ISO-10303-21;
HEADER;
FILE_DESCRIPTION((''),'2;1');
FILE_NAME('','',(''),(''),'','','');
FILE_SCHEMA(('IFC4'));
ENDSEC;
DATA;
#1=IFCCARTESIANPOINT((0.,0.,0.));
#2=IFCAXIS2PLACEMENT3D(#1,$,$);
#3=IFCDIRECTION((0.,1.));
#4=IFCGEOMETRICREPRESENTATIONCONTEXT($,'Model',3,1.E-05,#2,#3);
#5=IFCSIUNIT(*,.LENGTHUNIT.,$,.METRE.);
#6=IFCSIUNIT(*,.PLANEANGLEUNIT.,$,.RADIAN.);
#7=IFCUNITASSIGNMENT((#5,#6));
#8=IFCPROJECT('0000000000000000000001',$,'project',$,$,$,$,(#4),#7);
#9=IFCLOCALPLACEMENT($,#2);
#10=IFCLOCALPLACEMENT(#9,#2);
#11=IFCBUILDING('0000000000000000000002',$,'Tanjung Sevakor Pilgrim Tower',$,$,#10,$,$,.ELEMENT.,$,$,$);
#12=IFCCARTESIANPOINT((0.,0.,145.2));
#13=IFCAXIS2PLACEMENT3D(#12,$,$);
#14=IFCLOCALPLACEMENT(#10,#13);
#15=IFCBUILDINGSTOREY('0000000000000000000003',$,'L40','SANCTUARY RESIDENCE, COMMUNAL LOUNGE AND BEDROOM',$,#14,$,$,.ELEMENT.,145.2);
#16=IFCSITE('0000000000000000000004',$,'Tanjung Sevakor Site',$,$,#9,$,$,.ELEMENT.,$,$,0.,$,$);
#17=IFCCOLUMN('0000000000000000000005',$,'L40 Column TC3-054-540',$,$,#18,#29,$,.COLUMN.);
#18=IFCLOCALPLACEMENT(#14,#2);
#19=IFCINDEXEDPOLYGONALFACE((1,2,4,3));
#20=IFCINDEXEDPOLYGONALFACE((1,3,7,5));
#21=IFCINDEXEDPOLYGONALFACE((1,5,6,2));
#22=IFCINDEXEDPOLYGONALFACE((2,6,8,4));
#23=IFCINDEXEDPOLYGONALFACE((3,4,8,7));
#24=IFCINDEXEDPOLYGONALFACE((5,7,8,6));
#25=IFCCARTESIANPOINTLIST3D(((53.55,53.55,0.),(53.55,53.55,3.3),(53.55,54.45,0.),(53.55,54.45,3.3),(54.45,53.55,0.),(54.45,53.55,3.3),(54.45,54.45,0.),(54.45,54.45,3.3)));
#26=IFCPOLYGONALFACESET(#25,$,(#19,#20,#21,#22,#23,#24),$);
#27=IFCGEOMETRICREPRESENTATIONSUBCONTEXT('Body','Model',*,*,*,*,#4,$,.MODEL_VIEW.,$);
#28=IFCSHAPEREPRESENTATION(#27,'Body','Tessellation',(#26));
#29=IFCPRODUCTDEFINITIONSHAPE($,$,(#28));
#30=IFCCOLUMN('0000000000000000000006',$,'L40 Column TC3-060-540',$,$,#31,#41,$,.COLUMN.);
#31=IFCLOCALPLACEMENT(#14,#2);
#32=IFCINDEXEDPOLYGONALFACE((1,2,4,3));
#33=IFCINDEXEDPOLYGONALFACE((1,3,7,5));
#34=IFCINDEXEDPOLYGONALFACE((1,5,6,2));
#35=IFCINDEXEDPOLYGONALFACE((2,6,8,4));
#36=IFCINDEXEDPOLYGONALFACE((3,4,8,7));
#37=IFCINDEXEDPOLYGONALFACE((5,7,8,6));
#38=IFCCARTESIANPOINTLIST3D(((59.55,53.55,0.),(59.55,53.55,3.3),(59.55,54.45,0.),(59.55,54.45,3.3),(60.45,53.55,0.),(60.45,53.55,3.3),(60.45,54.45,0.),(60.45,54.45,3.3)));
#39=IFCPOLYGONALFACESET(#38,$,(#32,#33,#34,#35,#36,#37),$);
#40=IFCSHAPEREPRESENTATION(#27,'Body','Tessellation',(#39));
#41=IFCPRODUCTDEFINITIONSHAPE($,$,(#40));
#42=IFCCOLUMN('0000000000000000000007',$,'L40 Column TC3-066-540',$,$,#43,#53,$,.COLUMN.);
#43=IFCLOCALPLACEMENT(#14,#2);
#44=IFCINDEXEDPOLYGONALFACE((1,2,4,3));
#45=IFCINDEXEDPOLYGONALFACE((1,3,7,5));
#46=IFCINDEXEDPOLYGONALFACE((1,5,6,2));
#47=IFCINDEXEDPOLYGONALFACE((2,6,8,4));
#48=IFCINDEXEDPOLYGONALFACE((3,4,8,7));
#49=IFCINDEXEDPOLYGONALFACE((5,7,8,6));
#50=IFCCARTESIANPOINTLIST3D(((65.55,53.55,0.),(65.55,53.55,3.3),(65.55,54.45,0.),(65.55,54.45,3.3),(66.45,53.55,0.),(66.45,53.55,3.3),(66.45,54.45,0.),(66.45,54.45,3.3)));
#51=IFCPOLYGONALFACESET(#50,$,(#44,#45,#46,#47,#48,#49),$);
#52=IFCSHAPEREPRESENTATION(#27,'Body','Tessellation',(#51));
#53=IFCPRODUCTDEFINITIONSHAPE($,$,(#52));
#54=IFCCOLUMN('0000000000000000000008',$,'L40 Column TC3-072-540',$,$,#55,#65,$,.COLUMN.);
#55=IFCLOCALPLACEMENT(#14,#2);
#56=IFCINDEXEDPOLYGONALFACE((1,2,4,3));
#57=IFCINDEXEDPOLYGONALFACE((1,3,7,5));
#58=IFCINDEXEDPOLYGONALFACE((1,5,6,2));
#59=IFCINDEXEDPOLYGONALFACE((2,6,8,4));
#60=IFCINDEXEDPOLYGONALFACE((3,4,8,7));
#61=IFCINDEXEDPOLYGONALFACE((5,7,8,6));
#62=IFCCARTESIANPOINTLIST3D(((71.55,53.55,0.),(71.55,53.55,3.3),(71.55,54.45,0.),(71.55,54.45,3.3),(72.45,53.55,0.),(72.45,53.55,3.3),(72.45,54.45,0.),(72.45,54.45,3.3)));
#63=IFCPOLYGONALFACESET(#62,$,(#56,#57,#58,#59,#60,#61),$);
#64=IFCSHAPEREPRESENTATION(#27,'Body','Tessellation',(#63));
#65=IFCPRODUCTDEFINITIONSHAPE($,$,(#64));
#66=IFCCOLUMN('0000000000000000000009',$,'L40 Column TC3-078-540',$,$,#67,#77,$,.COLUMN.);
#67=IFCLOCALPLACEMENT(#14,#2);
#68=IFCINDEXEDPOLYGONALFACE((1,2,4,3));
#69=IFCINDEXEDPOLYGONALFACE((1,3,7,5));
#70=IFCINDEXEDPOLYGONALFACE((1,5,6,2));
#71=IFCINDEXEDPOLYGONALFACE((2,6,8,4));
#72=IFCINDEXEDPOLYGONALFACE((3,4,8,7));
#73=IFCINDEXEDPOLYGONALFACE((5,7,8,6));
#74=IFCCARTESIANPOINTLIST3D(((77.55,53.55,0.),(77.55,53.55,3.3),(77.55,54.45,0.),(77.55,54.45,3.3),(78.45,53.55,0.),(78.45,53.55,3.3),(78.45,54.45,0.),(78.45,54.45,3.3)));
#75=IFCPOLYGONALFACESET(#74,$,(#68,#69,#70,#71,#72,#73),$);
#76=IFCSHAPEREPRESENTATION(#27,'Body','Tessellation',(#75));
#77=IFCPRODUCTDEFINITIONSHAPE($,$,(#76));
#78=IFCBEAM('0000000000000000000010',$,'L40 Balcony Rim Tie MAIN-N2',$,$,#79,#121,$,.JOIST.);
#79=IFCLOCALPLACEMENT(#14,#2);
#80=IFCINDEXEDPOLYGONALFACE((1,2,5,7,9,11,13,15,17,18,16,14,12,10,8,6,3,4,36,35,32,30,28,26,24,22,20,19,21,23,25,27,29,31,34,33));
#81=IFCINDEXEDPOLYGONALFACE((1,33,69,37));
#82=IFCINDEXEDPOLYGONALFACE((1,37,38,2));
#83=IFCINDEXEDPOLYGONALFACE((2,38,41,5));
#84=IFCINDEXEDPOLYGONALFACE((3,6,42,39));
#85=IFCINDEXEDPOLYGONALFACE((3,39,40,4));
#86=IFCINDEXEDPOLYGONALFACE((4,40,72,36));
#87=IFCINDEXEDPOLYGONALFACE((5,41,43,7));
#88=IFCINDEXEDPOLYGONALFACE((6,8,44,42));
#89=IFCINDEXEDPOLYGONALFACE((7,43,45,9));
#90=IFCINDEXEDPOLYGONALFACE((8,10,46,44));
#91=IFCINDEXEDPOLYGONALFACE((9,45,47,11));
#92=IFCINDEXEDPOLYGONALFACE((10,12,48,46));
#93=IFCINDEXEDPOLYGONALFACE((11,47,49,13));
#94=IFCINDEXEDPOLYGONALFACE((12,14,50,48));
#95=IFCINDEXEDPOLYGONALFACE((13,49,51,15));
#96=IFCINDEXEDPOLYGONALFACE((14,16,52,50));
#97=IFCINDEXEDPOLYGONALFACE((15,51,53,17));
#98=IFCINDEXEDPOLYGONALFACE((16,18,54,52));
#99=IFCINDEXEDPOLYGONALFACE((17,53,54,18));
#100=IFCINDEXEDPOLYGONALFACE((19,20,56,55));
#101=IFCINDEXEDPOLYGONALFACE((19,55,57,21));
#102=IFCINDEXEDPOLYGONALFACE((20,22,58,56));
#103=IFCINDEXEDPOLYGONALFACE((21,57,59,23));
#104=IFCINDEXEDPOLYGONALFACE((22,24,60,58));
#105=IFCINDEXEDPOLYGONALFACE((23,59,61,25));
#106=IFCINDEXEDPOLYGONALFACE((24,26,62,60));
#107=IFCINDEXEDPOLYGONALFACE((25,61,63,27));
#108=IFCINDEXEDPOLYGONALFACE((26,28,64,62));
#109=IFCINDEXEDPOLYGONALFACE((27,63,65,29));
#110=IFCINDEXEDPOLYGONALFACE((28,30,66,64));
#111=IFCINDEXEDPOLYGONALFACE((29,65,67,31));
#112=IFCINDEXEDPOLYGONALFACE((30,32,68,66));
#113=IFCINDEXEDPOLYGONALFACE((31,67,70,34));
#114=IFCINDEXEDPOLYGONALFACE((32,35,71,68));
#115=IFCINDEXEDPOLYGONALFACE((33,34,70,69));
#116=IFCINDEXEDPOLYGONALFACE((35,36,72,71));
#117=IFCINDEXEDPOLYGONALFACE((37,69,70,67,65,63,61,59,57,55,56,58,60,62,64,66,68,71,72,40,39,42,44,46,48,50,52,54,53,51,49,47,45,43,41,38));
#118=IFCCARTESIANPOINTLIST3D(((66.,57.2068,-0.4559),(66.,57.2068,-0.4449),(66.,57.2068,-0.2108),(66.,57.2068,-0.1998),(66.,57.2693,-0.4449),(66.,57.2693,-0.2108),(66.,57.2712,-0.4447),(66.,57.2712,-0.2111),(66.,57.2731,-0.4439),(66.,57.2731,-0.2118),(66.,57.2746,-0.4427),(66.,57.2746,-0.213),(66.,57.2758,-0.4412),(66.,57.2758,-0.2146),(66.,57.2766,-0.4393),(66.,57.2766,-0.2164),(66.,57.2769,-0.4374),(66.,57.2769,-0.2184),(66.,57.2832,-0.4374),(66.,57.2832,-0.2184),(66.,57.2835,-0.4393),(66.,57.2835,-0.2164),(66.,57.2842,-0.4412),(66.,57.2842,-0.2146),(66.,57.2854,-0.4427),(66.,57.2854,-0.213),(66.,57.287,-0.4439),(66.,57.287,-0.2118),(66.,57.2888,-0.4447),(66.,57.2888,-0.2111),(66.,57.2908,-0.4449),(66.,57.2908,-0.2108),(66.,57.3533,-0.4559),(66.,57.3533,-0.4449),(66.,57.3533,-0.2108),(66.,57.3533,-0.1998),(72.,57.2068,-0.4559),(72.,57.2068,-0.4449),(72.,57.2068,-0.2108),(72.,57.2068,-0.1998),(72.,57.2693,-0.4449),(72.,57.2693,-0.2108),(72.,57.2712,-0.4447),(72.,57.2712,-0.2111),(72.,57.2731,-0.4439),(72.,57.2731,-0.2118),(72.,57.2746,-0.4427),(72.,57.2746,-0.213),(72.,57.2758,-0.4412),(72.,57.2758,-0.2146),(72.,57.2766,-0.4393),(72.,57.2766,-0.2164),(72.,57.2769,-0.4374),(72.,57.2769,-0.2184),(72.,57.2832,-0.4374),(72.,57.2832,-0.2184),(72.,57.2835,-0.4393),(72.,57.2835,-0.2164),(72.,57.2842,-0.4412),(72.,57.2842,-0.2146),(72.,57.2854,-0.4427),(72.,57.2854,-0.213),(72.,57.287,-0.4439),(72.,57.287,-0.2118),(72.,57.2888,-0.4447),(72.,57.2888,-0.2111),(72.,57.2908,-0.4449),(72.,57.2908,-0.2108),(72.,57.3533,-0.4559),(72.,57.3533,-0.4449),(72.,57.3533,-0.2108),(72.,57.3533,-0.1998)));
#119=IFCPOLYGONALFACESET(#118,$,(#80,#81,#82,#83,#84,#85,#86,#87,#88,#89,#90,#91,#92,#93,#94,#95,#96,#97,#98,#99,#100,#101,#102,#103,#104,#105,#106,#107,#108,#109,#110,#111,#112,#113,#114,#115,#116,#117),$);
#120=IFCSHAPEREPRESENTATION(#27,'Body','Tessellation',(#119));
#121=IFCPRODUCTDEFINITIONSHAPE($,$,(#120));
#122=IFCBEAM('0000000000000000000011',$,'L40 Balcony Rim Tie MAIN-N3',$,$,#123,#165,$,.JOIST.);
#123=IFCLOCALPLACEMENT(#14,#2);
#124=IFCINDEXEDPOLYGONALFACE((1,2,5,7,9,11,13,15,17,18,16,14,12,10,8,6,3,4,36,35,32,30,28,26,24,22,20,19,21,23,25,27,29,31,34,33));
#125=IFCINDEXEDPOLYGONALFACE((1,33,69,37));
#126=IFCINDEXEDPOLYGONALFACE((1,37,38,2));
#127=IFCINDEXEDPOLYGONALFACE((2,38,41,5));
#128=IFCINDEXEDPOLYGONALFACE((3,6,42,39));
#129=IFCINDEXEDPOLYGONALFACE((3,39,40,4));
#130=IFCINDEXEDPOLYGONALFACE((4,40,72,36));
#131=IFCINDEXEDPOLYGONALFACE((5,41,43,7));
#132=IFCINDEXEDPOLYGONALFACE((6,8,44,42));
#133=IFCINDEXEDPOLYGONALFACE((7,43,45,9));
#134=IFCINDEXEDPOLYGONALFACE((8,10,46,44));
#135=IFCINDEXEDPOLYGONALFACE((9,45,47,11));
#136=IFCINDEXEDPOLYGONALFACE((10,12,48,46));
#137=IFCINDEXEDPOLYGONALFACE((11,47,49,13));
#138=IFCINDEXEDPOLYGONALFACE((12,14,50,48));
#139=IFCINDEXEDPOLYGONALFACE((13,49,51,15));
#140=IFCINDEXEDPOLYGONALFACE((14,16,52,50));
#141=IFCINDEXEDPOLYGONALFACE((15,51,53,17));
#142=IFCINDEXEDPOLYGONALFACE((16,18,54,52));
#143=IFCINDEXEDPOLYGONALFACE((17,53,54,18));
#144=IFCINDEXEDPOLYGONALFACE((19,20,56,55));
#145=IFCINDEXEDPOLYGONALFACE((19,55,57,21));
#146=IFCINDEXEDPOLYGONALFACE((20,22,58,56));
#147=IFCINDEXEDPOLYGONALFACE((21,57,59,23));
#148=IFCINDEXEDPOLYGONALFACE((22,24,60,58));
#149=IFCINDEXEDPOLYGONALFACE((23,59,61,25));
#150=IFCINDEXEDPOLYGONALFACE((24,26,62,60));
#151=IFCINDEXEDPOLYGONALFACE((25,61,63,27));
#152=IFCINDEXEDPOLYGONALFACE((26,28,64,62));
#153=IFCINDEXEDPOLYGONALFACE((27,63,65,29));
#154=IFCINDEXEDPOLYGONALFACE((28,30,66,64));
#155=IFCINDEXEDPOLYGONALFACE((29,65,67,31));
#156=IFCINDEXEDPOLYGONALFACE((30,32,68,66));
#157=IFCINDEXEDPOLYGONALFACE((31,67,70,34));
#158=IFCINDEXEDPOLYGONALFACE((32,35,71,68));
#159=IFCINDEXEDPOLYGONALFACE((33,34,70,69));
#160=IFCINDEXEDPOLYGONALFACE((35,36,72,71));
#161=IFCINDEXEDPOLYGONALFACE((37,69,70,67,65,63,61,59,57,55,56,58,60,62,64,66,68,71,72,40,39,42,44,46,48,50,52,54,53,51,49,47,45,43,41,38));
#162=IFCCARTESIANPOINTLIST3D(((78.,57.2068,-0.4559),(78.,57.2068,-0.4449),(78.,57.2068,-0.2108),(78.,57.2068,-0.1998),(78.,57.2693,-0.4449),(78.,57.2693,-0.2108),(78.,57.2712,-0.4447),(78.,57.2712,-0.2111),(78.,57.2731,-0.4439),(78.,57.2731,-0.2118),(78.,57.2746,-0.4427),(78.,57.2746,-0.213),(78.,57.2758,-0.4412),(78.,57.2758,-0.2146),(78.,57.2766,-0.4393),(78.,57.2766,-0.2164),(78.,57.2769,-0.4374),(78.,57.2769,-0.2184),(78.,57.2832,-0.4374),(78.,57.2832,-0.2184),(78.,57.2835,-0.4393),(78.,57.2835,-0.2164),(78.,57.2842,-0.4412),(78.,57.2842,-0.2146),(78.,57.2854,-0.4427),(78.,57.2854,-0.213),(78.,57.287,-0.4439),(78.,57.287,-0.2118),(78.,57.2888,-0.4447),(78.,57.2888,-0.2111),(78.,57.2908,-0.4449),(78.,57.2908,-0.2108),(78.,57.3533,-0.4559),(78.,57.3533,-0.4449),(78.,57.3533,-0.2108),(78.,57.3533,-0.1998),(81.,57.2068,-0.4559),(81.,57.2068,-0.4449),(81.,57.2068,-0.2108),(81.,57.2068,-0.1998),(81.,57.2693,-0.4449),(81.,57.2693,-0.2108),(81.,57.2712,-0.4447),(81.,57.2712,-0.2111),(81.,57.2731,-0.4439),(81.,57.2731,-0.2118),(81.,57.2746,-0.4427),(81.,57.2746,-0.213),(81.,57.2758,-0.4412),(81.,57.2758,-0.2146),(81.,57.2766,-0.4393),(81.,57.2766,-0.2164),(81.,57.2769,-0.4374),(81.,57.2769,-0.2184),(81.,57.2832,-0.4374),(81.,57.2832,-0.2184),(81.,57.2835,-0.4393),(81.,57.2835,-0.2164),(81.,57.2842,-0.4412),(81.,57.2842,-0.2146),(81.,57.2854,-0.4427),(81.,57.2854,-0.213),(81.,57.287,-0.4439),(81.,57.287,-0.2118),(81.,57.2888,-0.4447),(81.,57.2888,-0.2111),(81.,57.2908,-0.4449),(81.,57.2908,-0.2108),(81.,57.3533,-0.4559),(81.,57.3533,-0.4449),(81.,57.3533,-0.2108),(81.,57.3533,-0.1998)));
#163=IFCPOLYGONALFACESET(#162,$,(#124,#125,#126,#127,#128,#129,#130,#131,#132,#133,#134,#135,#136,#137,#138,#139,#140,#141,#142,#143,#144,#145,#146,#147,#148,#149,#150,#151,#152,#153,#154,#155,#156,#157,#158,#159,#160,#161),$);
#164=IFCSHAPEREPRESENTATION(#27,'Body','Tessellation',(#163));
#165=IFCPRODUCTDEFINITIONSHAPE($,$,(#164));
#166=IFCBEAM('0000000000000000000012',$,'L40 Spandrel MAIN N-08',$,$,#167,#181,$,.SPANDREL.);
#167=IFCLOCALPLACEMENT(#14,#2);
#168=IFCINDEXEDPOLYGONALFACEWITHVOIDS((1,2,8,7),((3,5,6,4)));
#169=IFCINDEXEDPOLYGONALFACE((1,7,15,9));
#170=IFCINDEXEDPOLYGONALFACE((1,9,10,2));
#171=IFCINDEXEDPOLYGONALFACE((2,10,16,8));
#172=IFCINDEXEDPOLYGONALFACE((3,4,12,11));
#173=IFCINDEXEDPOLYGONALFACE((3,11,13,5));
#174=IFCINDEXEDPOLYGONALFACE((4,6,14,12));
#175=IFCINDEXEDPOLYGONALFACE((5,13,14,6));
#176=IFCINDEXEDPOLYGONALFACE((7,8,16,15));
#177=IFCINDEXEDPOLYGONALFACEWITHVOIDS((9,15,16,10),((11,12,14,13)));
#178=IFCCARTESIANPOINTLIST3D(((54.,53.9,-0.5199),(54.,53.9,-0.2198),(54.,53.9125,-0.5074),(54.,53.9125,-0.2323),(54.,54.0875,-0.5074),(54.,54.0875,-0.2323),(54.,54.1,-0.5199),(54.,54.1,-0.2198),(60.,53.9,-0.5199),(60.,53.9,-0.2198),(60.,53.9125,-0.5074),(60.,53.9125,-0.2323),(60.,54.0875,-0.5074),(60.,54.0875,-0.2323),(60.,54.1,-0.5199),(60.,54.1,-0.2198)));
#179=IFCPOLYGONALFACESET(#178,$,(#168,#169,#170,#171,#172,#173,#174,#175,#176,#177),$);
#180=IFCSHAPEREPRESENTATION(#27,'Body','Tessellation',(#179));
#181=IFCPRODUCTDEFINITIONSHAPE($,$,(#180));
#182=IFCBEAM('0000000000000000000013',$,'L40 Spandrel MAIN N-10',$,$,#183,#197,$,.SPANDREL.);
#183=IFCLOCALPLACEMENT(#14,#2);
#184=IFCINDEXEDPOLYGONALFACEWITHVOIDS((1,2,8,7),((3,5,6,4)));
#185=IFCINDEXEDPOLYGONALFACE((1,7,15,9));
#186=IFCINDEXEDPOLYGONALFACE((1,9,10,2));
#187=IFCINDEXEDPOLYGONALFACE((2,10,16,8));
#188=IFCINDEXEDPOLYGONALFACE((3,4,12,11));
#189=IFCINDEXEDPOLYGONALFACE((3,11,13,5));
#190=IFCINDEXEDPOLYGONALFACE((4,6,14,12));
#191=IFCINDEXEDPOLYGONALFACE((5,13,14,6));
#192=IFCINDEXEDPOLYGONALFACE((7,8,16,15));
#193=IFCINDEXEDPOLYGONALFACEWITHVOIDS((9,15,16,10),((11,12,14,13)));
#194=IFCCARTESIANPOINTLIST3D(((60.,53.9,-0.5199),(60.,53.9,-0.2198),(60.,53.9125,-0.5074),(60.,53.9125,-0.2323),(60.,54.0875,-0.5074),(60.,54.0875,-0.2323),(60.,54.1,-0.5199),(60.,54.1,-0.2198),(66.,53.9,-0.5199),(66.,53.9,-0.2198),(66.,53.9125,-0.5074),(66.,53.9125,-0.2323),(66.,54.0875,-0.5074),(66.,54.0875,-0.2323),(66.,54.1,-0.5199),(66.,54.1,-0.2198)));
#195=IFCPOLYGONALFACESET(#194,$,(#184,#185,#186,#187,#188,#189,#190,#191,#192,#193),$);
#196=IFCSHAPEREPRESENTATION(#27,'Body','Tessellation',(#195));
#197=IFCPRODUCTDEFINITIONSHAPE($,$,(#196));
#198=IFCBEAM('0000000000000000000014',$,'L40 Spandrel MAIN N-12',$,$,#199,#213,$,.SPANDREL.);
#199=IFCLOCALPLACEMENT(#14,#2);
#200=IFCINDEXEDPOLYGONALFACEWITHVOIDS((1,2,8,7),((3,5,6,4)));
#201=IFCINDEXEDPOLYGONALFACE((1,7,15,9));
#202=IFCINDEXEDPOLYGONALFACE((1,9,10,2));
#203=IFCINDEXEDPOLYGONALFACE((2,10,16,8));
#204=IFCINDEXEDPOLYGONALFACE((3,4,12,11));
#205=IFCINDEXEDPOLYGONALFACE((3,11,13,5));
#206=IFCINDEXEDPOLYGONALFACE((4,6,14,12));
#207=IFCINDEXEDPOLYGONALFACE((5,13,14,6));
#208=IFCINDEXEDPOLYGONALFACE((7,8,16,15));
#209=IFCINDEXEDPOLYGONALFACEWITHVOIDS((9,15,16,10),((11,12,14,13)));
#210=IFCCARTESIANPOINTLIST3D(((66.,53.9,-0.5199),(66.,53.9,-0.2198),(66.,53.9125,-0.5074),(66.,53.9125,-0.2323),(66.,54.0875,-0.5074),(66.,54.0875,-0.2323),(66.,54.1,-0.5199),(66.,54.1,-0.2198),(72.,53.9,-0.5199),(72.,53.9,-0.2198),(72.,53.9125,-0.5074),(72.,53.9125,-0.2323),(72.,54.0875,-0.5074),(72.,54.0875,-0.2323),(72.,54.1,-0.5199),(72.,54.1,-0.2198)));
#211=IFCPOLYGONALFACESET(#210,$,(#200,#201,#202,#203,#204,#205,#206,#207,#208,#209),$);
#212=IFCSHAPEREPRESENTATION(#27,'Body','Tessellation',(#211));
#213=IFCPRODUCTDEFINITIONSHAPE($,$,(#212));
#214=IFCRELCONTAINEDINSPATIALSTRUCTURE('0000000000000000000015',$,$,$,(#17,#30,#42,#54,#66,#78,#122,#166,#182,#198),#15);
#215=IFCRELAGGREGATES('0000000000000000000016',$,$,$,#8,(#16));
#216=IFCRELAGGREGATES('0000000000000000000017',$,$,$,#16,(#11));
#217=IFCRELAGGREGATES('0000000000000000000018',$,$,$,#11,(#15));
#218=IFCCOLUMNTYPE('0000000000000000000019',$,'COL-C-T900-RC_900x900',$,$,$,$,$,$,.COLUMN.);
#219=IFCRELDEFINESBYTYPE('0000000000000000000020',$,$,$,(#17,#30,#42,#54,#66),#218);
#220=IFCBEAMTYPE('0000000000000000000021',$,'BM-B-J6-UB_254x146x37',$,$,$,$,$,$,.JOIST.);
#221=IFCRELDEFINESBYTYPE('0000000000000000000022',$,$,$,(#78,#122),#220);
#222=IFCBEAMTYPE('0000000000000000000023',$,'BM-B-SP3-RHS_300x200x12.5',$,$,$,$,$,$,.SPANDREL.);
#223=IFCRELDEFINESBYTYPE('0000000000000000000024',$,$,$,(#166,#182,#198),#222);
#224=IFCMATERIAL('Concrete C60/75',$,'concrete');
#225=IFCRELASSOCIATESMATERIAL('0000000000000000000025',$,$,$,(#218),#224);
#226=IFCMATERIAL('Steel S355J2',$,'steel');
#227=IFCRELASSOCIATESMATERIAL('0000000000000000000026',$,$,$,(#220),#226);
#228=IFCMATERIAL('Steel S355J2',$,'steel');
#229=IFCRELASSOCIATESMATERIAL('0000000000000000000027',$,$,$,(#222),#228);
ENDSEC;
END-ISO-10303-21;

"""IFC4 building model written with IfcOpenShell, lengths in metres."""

from ifc_helpers import new_model, si_unit, direction, frame, origin, origin_2d, place, context, subcontext, project, spatial, rectangle, hollow_rectangle, i_section, extrude, material, material_profile, profile_set, type_object, element, save


model = new_model("IFC4")

# Units and contexts
model_context = context("Model", 3, precision=1e-05, world=origin(), true_north=direction((0.0, 1.0)))
body_context = subcontext(model_context, "Body", "Model", "MODEL_VIEW")
ifc_project = project(units=[si_unit("LENGTHUNIT", "METRE"), si_unit("PLANEANGLEUNIT", "RADIAN")], contexts=[model_context])

# Site, building, storey
site_placement = place(None, origin())
site = spatial("IfcSite", under=ifc_project, at=site_placement, Name="Tanjung Sevakor Site", CompositionType="ELEMENT", RefElevation=0.0)
building_placement = place(site_placement, origin())
building = spatial("IfcBuilding", under=site, at=building_placement, Name="Tanjung Sevakor Pilgrim Tower", CompositionType="ELEMENT")
storey_placement = place(building_placement, frame((0.0, 0.0, 145.2)))
storey = spatial("IfcBuildingStorey", under=building, at=storey_placement, Name="L40", Description="SANCTUARY RESIDENCE, COMMUNAL LOUNGE AND BEDROOM", CompositionType="ELEMENT", Elevation=145.2)

# Columns
ifc_material_1 = material(Name="Concrete C60/75", Category="concrete")
ifc_material_profile_1 = material_profile(ifc_material_1, rectangle(XDim=0.8999, YDim=0.8999, at=origin_2d()))
ifc_profile_set_1 = profile_set([ifc_material_profile_1], Name="Concrete C60/75")
column_type = type_object("IfcColumnType", Name="COL-C-T900-RC_900x900", PredefinedType="COLUMN", material=ifc_profile_set_1)
for number, where, z_axis, x_axis, name in (
    (1, (54.0, 54.0, 0.0), (0.0, 0.0, 1.0), (1.0, 0.0, 0.0), "L40 Column TC3-054-540"),
    (2, (60.0, 54.0, 0.0), (0.0, 0.0, 1.0), (1.0, 0.0, 0.0), "L40 Column TC3-060-540"),
    (3, (66.0, 54.0, 0.0), (0.0, 0.0, 1.0), (1.0, 0.0, 0.0), "L40 Column TC3-066-540"),
    (4, (72.0, 54.0, 0.0), (0.0, 0.0, 1.0), (1.0, 0.0, 0.0), "L40 Column TC3-072-540"),
    (5, (78.0, 54.0, 0.0), (0.0, 0.0, 1.0), (1.0, 0.0, 0.0), "L40 Column TC3-078-540"),
):
    element("IfcColumn", number, at=place(storey_placement, frame(where, z_axis=z_axis, x_axis=x_axis)), inside=storey, type_object=column_type, Name=name, PredefinedType="COLUMN", context=body_context, shape_type="SweptSolid", body=[
        extrude(rectangle(XDim=0.8999, YDim=0.8999, at=origin_2d()), origin(), (0.0, 0.0, 1.0), 3.3),
    ])

# Beams
ifc_material_2 = material(Name="Steel S355J2", Category="steel")
ifc_material_profile_2 = material_profile(ifc_material_2, i_section(OverallWidth=0.1465, OverallDepth=0.2561, WebThickness=0.0063, FlangeThickness=0.011, FilletRadius=0.0076, at=origin_2d()))
ifc_profile_set_2 = profile_set([ifc_material_profile_2], Name="Steel S355J2")
beam_type_1 = type_object("IfcBeamType", Name="BM-B-J6-UB_254x146x37", PredefinedType="JOIST", material=ifc_profile_set_2)
beam_1_placement = place(storey_placement, frame((66.0, 57.28, -0.3279), z_axis=(1.0, 0.0, 0.0), x_axis=(0.0, 1.0, 0.0)))
element("IfcBeam", 6, at=beam_1_placement, inside=storey, type_object=beam_type_1, Name="L40 Balcony Rim Tie MAIN-N2", PredefinedType="JOIST", context=body_context, shape_type="SweptSolid", body=[
    extrude(i_section(OverallWidth=0.1465, OverallDepth=0.2561, WebThickness=0.0063, FlangeThickness=0.011, FilletRadius=0.0076, at=origin_2d()), origin(), (0.0, 0.0, 1.0), 6.0),
])
beam_2_placement = place(storey_placement, frame((78.0, 57.28, -0.3279), z_axis=(1.0, 0.0, 0.0), x_axis=(0.0, 1.0, 0.0)))
element("IfcBeam", 7, at=beam_2_placement, inside=storey, type_object=beam_type_1, Name="L40 Balcony Rim Tie MAIN-N3", PredefinedType="JOIST", context=body_context, shape_type="SweptSolid", body=[
    extrude(i_section(OverallWidth=0.1465, OverallDepth=0.2561, WebThickness=0.0063, FlangeThickness=0.011, FilletRadius=0.0076, at=origin_2d()), origin(), (0.0, 0.0, 1.0), 3.0),
])
ifc_material_3 = material(Name="Steel S355J2", Category="steel")
ifc_material_profile_3 = material_profile(ifc_material_3, hollow_rectangle(XDim=0.2, YDim=0.3, WallThickness=0.0125, at=origin_2d()))
ifc_profile_set_3 = profile_set([ifc_material_profile_3], Name="Steel S355J2")
beam_type_2 = type_object("IfcBeamType", Name="BM-B-SP3-RHS_300x200x12.5", PredefinedType="SPANDREL", material=ifc_profile_set_3)
for number, where, z_axis, x_axis, name in (
    (8, (54.0, 54.0, -0.3699), (1.0, 0.0, 0.0), (0.0, 1.0, 0.0), "L40 Spandrel MAIN N-08"),
    (9, (60.0, 54.0, -0.3699), (1.0, 0.0, 0.0), (0.0, 1.0, 0.0), "L40 Spandrel MAIN N-10"),
    (10, (66.0, 54.0, -0.3699), (1.0, 0.0, 0.0), (0.0, 1.0, 0.0), "L40 Spandrel MAIN N-12"),
):
    element("IfcBeam", number, at=place(storey_placement, frame(where, z_axis=z_axis, x_axis=x_axis)), inside=storey, type_object=beam_type_2, Name=name, PredefinedType="SPANDREL", context=body_context, shape_type="SweptSolid", body=[
        extrude(hollow_rectangle(XDim=0.2, YDim=0.3, WallThickness=0.0125, at=origin_2d()), origin(), (0.0, 0.0, 1.0), 6.0),
    ])

save(model, "model.ifc")
